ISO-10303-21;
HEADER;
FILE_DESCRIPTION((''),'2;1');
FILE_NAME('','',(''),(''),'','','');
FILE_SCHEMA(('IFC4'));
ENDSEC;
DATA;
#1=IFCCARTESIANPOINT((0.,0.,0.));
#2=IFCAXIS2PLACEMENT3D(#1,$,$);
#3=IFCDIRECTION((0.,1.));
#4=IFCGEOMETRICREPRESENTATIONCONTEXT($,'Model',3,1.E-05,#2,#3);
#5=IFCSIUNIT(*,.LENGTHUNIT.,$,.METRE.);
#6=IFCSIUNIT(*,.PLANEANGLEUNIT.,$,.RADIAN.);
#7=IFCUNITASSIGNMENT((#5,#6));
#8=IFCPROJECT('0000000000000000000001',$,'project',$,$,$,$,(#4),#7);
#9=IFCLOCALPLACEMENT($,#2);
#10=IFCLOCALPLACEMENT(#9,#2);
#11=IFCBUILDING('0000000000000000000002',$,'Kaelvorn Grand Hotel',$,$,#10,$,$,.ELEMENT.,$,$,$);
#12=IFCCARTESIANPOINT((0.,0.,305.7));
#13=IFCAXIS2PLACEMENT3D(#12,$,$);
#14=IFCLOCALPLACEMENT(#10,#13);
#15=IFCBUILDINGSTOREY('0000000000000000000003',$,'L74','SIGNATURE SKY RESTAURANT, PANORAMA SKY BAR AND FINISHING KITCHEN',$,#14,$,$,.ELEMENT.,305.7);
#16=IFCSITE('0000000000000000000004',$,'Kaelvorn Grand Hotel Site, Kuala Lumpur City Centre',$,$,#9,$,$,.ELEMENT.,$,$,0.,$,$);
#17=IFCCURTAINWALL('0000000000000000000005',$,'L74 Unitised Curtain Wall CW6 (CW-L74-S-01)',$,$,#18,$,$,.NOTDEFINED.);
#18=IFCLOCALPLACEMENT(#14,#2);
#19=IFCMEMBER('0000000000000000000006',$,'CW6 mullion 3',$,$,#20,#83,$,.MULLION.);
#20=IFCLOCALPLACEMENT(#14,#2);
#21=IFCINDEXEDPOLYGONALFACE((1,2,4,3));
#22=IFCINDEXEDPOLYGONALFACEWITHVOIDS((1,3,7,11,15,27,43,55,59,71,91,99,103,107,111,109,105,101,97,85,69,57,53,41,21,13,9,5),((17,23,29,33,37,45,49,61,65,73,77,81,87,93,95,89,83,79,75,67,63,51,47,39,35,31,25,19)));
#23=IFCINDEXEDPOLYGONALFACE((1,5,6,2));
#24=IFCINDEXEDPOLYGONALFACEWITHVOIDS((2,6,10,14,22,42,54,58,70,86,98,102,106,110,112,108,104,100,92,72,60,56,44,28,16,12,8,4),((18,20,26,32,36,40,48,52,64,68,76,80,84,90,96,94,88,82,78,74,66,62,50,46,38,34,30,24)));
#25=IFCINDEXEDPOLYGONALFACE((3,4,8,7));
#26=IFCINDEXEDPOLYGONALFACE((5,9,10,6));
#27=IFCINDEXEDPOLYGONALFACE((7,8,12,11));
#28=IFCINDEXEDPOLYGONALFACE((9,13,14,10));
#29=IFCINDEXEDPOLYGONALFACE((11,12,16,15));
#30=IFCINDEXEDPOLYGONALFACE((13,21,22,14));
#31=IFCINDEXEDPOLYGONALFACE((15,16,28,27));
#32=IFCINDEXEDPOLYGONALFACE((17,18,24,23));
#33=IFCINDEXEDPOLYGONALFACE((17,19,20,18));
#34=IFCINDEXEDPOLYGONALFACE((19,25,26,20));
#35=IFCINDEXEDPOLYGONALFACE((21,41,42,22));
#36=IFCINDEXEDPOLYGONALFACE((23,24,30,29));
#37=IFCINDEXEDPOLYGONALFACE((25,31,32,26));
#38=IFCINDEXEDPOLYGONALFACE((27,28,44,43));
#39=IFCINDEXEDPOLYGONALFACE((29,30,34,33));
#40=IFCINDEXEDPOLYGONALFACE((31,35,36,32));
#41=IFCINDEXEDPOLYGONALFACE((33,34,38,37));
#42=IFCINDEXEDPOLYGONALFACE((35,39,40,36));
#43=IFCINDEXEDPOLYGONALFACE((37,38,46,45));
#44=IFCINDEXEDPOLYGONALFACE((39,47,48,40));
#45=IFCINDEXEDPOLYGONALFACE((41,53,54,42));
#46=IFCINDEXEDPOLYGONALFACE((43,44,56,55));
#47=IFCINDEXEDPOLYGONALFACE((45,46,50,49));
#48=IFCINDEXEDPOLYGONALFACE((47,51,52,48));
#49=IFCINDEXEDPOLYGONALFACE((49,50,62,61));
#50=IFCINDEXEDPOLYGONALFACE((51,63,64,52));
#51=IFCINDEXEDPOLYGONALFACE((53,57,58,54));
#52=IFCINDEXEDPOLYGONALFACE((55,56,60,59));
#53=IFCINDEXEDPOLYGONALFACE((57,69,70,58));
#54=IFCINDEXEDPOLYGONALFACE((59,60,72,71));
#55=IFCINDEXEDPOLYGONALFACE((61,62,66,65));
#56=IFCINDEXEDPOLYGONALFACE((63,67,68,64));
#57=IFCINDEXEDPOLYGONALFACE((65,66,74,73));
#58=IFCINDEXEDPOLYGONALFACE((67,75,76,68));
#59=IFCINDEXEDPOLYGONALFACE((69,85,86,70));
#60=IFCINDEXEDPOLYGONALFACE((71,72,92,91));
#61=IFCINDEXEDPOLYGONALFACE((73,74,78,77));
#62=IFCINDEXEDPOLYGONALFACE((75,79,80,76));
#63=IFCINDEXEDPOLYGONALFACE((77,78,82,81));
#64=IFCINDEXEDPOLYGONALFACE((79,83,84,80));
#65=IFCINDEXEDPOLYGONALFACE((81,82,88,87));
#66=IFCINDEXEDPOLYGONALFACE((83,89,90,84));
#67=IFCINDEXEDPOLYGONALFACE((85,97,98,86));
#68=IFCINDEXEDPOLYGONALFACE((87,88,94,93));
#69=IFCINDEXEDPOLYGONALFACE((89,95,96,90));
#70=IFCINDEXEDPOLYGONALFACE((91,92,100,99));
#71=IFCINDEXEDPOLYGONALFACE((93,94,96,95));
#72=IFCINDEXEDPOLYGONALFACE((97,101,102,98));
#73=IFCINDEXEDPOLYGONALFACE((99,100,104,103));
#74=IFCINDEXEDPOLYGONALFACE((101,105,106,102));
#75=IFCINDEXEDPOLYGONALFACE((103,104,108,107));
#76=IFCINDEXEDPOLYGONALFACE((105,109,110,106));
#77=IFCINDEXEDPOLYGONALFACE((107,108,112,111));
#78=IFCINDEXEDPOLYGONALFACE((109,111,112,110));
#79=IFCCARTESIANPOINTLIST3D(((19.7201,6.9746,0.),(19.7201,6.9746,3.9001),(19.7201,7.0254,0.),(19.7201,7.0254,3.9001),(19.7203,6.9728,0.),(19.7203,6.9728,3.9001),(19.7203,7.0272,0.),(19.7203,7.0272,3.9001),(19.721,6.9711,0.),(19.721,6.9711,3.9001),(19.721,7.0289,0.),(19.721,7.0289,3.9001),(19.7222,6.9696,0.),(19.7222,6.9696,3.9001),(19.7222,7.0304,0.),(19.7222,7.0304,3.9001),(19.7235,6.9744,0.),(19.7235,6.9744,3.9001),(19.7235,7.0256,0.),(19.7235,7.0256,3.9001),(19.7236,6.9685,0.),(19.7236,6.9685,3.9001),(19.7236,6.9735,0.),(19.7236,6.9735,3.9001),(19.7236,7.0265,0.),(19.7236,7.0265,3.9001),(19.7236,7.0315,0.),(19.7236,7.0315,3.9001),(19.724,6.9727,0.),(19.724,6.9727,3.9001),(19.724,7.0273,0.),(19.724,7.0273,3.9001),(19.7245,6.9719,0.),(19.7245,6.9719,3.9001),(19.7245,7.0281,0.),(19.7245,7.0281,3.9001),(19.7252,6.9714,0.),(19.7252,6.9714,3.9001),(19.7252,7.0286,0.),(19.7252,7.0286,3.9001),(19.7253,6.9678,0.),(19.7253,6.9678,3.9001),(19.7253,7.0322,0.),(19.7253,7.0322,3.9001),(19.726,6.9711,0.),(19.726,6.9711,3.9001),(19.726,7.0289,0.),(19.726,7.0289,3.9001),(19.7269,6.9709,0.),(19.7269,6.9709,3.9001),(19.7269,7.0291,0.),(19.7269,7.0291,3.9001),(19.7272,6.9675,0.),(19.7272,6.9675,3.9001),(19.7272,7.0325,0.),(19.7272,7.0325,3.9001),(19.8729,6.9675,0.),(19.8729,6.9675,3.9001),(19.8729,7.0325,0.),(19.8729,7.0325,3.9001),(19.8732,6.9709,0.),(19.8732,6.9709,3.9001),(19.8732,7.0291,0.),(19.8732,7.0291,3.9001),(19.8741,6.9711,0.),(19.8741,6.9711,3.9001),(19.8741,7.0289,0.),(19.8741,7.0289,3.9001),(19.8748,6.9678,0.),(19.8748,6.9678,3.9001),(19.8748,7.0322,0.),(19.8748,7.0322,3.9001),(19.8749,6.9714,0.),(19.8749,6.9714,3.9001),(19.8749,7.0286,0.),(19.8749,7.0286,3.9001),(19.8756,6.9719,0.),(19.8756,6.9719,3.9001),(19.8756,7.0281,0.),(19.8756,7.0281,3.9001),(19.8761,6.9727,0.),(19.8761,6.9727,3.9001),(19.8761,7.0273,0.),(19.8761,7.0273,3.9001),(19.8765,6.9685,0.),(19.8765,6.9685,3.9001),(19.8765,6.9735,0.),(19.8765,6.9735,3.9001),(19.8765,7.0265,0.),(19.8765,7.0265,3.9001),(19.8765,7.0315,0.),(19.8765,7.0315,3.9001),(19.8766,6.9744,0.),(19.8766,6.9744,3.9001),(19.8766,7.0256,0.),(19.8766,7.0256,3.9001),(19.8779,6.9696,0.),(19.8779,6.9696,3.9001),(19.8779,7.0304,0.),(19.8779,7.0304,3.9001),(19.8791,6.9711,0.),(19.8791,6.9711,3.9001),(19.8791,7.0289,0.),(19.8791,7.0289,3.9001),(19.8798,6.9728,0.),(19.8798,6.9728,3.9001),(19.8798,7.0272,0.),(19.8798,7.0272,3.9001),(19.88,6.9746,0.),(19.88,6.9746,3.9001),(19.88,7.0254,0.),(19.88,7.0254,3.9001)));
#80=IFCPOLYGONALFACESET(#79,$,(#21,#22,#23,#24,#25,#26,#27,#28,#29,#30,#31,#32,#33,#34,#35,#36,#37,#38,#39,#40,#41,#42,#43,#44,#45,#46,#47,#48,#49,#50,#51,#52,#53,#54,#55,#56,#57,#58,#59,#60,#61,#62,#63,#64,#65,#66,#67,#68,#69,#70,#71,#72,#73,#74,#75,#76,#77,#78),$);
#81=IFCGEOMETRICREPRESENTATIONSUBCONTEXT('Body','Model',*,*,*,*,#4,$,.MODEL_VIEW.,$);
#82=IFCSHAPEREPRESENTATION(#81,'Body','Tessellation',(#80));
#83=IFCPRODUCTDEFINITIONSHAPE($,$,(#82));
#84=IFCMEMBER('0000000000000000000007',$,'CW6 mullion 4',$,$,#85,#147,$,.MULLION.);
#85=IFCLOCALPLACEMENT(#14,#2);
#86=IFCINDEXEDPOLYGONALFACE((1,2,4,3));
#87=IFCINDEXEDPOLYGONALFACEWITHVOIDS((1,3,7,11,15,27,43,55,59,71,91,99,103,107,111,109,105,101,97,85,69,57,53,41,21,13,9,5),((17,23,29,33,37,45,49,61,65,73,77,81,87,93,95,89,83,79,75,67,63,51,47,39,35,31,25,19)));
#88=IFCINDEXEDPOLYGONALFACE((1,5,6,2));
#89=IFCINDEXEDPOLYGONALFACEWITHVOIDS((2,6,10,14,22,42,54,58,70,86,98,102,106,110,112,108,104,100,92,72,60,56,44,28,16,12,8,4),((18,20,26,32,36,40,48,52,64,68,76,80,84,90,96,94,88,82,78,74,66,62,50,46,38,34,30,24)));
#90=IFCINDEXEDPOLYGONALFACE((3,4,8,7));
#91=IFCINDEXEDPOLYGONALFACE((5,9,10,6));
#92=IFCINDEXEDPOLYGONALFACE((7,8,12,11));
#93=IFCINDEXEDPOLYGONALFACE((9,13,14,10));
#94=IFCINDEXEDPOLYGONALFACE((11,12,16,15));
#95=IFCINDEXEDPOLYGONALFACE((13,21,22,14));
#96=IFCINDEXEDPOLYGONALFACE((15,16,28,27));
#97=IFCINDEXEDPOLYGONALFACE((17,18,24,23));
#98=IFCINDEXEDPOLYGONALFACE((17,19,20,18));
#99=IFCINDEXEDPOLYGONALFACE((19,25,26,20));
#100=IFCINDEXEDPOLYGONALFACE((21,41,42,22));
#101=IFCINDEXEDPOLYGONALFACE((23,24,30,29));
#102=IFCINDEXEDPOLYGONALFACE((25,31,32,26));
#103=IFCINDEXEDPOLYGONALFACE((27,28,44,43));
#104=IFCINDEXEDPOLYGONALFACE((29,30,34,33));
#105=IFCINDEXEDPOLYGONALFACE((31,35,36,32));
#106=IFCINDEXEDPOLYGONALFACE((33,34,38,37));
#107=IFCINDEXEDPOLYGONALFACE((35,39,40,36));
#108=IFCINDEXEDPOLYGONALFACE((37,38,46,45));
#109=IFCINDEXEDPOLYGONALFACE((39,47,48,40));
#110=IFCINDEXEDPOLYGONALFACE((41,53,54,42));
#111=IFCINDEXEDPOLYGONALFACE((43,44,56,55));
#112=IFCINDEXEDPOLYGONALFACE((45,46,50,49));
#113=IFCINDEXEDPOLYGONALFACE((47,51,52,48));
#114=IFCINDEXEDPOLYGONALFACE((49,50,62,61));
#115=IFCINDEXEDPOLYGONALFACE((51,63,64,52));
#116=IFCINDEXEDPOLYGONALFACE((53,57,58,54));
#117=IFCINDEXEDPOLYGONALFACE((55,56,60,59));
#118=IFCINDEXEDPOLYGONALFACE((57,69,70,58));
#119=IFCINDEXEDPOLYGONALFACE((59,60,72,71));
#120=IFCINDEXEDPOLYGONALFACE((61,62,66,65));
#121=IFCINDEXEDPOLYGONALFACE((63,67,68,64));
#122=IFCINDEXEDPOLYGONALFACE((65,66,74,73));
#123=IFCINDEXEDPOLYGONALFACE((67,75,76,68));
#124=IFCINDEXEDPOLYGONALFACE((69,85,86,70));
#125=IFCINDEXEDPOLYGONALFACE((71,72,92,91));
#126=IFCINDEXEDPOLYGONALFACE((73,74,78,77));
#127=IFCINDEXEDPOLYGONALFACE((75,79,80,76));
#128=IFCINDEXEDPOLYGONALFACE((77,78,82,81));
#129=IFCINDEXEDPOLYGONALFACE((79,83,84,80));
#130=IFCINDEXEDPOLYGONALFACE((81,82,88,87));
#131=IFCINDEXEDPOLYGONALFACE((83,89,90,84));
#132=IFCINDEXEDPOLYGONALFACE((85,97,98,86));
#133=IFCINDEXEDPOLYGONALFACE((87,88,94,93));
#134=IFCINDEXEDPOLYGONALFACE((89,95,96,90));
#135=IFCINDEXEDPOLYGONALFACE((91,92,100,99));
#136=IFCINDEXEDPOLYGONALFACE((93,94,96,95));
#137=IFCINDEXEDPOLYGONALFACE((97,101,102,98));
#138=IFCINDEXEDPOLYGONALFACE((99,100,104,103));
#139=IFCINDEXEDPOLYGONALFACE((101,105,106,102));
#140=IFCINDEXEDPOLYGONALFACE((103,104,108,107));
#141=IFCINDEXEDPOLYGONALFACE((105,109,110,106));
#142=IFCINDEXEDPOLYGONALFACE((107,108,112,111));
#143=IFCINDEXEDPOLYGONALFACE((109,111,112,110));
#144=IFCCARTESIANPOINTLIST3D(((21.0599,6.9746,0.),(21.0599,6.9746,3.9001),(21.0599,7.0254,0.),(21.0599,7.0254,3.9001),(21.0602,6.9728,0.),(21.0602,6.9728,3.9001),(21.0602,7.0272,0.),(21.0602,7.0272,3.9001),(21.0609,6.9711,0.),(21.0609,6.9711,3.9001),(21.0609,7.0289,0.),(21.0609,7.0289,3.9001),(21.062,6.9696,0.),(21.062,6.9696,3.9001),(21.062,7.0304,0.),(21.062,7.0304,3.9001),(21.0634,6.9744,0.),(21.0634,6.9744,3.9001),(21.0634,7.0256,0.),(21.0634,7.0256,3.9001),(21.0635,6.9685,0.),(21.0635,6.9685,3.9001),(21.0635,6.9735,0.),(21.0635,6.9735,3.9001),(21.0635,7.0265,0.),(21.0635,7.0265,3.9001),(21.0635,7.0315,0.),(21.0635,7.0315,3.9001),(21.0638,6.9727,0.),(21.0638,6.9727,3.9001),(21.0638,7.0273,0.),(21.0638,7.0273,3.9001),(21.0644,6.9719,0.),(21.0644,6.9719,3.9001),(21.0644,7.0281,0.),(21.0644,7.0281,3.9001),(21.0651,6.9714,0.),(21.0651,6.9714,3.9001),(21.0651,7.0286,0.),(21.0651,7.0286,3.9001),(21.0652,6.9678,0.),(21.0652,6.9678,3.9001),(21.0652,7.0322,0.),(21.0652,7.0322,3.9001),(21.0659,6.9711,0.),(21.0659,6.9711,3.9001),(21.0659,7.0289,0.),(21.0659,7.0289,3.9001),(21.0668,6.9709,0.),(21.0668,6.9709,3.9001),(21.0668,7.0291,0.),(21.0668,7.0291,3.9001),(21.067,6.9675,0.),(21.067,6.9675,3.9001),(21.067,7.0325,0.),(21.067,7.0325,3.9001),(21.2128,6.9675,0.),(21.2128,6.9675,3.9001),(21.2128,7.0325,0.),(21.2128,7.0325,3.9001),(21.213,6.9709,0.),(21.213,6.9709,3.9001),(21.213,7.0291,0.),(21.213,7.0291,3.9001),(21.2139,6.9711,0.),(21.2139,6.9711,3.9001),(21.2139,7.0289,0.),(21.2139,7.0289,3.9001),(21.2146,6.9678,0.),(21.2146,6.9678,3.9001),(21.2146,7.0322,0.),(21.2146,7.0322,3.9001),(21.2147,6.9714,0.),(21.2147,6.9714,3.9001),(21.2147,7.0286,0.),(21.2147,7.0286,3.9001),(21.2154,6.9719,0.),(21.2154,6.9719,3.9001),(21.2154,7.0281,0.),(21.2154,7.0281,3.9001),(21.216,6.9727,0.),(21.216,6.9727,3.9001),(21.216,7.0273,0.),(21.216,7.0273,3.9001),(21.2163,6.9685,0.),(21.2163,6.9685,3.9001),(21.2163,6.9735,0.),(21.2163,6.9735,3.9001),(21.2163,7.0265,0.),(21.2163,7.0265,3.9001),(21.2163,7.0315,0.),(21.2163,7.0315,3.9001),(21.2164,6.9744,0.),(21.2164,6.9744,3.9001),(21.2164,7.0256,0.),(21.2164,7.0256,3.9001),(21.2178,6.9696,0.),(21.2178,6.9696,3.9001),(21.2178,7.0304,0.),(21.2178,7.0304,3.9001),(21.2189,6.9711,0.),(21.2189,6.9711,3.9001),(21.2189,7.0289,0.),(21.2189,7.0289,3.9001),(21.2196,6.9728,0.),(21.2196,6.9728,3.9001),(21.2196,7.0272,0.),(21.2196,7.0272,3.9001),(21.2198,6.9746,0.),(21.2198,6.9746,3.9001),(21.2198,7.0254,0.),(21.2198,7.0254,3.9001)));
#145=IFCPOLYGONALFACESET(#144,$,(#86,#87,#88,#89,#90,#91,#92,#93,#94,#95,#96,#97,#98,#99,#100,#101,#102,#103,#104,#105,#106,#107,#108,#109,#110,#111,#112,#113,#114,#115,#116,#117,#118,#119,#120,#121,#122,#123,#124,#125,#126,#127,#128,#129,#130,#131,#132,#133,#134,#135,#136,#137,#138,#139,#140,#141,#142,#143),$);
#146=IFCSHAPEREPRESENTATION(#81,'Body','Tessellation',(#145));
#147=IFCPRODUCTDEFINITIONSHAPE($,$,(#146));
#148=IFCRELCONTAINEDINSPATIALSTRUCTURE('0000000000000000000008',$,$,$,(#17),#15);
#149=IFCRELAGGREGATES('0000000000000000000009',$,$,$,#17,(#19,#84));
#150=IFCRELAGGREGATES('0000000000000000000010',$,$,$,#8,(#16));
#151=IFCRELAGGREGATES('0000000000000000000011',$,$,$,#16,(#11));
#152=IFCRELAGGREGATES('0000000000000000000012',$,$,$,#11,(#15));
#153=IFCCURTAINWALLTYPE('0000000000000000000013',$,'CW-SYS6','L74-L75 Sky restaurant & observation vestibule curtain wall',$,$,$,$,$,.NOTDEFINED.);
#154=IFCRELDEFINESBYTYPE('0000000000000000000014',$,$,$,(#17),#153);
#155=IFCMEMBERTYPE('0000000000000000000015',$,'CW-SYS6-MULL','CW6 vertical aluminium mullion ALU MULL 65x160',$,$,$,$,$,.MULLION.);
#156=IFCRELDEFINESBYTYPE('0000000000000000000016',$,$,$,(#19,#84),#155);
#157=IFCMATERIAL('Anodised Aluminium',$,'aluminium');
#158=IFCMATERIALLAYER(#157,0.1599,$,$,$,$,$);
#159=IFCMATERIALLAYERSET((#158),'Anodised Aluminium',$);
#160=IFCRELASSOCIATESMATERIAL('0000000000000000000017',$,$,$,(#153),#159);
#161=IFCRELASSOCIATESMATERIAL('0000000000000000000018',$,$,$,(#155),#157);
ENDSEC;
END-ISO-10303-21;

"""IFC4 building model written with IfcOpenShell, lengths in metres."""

from ifc_helpers import new_model, si_unit, direction, frame, origin, origin_2d, place, context, subcontext, project, spatial, hollow_rectangle, extrude, material, layer, layer_set, material_profile, profile_set, type_object, element, aggregate, save


model = new_model("IFC4")

# Units and contexts
model_context = context("Model", 3, precision=1e-05, world=origin(), true_north=direction((0.0, 1.0)))
body_context = subcontext(model_context, "Body", "Model", "MODEL_VIEW")
ifc_project = project(units=[si_unit("LENGTHUNIT", "METRE"), si_unit("PLANEANGLEUNIT", "RADIAN")], contexts=[model_context])

# Site, building, storey
site_placement = place(None, origin())
site = spatial("IfcSite", under=ifc_project, at=site_placement, Name="Kaelvorn Grand Hotel Site, Kuala Lumpur City Centre", CompositionType="ELEMENT", RefElevation=0.0)
building_placement = place(site_placement, origin())
building = spatial("IfcBuilding", under=site, at=building_placement, Name="Kaelvorn Grand Hotel", CompositionType="ELEMENT")
storey_placement = place(building_placement, frame((0.0, 0.0, 305.7)))
storey = spatial("IfcBuildingStorey", under=building, at=storey_placement, Name="L74", Description="SIGNATURE SKY RESTAURANT, PANORAMA SKY BAR AND FINISHING KITCHEN", CompositionType="ELEMENT", Elevation=305.7)

# Curtain wall, members
ifc_material_1 = material(Name="Anodised Aluminium", Category="aluminium")
ifc_layer_1 = layer(ifc_material_1, 0.1599)
ifc_layer_set_1 = layer_set([ifc_layer_1], Name="Anodised Aluminium")
curtain_wall_type = type_object("IfcCurtainWallType", Name="CW-SYS6", Description="L74-L75 Sky restaurant & observation vestibule curtain wall", PredefinedType="NOTDEFINED", material=ifc_layer_set_1)
curtain_wall_placement = place(storey_placement, origin())
curtain_wall = element("IfcCurtainWall", 1, at=curtain_wall_placement, inside=storey, type_object=curtain_wall_type, Name="L74 Unitised Curtain Wall CW6 (CW-L74-S-01)", PredefinedType="NOTDEFINED")
ifc_material_profile_1 = material_profile(ifc_material_1, hollow_rectangle(XDim=0.0649, YDim=0.1599, WallThickness=0.0034, InnerFilletRadius=0.0034, OuterFilletRadius=0.0071, at=origin_2d()), Name="ALU MULL 65x160")
ifc_profile_set_1 = profile_set([ifc_material_profile_1], Name="Anodised Aluminium")
member_type_1 = type_object("IfcMemberType", Name="CW-SYS6-MULL", Description="CW6 vertical aluminium mullion ALU MULL 65x160", PredefinedType="MULLION", material=ifc_profile_set_1)
member_1_placement = place(storey_placement, frame((19.8, 7.0, 0.0), z_axis=(0.0, 0.0, 1.0), x_axis=(0.0, 1.0, 0.0)))
member_1 = element("IfcMember", 2, at=member_1_placement, type_object=member_type_1, Name="CW6 mullion 3", PredefinedType="MULLION", context=body_context, shape_type="SweptSolid", body=[
    extrude(hollow_rectangle(XDim=0.0649, YDim=0.1599, WallThickness=0.0034, InnerFilletRadius=0.0034, OuterFilletRadius=0.0071, at=origin_2d()), origin(), (0.0, 0.0, 1.0), 3.9001),
])
member_2_placement = place(storey_placement, frame((21.1399, 7.0, 0.0), z_axis=(0.0, 0.0, 1.0), x_axis=(0.0, 1.0, 0.0)))
member_2 = element("IfcMember", 3, at=member_2_placement, type_object=member_type_1, Name="CW6 mullion 4", PredefinedType="MULLION", context=body_context, shape_type="SweptSolid", body=[
    extrude(hollow_rectangle(XDim=0.0649, YDim=0.1599, WallThickness=0.0034, InnerFilletRadius=0.0034, OuterFilletRadius=0.0071, at=origin_2d()), origin(), (0.0, 0.0, 1.0), 3.9001),
])
aggregate(curtain_wall, [member_1, member_2])

save(model, "model.ifc")
